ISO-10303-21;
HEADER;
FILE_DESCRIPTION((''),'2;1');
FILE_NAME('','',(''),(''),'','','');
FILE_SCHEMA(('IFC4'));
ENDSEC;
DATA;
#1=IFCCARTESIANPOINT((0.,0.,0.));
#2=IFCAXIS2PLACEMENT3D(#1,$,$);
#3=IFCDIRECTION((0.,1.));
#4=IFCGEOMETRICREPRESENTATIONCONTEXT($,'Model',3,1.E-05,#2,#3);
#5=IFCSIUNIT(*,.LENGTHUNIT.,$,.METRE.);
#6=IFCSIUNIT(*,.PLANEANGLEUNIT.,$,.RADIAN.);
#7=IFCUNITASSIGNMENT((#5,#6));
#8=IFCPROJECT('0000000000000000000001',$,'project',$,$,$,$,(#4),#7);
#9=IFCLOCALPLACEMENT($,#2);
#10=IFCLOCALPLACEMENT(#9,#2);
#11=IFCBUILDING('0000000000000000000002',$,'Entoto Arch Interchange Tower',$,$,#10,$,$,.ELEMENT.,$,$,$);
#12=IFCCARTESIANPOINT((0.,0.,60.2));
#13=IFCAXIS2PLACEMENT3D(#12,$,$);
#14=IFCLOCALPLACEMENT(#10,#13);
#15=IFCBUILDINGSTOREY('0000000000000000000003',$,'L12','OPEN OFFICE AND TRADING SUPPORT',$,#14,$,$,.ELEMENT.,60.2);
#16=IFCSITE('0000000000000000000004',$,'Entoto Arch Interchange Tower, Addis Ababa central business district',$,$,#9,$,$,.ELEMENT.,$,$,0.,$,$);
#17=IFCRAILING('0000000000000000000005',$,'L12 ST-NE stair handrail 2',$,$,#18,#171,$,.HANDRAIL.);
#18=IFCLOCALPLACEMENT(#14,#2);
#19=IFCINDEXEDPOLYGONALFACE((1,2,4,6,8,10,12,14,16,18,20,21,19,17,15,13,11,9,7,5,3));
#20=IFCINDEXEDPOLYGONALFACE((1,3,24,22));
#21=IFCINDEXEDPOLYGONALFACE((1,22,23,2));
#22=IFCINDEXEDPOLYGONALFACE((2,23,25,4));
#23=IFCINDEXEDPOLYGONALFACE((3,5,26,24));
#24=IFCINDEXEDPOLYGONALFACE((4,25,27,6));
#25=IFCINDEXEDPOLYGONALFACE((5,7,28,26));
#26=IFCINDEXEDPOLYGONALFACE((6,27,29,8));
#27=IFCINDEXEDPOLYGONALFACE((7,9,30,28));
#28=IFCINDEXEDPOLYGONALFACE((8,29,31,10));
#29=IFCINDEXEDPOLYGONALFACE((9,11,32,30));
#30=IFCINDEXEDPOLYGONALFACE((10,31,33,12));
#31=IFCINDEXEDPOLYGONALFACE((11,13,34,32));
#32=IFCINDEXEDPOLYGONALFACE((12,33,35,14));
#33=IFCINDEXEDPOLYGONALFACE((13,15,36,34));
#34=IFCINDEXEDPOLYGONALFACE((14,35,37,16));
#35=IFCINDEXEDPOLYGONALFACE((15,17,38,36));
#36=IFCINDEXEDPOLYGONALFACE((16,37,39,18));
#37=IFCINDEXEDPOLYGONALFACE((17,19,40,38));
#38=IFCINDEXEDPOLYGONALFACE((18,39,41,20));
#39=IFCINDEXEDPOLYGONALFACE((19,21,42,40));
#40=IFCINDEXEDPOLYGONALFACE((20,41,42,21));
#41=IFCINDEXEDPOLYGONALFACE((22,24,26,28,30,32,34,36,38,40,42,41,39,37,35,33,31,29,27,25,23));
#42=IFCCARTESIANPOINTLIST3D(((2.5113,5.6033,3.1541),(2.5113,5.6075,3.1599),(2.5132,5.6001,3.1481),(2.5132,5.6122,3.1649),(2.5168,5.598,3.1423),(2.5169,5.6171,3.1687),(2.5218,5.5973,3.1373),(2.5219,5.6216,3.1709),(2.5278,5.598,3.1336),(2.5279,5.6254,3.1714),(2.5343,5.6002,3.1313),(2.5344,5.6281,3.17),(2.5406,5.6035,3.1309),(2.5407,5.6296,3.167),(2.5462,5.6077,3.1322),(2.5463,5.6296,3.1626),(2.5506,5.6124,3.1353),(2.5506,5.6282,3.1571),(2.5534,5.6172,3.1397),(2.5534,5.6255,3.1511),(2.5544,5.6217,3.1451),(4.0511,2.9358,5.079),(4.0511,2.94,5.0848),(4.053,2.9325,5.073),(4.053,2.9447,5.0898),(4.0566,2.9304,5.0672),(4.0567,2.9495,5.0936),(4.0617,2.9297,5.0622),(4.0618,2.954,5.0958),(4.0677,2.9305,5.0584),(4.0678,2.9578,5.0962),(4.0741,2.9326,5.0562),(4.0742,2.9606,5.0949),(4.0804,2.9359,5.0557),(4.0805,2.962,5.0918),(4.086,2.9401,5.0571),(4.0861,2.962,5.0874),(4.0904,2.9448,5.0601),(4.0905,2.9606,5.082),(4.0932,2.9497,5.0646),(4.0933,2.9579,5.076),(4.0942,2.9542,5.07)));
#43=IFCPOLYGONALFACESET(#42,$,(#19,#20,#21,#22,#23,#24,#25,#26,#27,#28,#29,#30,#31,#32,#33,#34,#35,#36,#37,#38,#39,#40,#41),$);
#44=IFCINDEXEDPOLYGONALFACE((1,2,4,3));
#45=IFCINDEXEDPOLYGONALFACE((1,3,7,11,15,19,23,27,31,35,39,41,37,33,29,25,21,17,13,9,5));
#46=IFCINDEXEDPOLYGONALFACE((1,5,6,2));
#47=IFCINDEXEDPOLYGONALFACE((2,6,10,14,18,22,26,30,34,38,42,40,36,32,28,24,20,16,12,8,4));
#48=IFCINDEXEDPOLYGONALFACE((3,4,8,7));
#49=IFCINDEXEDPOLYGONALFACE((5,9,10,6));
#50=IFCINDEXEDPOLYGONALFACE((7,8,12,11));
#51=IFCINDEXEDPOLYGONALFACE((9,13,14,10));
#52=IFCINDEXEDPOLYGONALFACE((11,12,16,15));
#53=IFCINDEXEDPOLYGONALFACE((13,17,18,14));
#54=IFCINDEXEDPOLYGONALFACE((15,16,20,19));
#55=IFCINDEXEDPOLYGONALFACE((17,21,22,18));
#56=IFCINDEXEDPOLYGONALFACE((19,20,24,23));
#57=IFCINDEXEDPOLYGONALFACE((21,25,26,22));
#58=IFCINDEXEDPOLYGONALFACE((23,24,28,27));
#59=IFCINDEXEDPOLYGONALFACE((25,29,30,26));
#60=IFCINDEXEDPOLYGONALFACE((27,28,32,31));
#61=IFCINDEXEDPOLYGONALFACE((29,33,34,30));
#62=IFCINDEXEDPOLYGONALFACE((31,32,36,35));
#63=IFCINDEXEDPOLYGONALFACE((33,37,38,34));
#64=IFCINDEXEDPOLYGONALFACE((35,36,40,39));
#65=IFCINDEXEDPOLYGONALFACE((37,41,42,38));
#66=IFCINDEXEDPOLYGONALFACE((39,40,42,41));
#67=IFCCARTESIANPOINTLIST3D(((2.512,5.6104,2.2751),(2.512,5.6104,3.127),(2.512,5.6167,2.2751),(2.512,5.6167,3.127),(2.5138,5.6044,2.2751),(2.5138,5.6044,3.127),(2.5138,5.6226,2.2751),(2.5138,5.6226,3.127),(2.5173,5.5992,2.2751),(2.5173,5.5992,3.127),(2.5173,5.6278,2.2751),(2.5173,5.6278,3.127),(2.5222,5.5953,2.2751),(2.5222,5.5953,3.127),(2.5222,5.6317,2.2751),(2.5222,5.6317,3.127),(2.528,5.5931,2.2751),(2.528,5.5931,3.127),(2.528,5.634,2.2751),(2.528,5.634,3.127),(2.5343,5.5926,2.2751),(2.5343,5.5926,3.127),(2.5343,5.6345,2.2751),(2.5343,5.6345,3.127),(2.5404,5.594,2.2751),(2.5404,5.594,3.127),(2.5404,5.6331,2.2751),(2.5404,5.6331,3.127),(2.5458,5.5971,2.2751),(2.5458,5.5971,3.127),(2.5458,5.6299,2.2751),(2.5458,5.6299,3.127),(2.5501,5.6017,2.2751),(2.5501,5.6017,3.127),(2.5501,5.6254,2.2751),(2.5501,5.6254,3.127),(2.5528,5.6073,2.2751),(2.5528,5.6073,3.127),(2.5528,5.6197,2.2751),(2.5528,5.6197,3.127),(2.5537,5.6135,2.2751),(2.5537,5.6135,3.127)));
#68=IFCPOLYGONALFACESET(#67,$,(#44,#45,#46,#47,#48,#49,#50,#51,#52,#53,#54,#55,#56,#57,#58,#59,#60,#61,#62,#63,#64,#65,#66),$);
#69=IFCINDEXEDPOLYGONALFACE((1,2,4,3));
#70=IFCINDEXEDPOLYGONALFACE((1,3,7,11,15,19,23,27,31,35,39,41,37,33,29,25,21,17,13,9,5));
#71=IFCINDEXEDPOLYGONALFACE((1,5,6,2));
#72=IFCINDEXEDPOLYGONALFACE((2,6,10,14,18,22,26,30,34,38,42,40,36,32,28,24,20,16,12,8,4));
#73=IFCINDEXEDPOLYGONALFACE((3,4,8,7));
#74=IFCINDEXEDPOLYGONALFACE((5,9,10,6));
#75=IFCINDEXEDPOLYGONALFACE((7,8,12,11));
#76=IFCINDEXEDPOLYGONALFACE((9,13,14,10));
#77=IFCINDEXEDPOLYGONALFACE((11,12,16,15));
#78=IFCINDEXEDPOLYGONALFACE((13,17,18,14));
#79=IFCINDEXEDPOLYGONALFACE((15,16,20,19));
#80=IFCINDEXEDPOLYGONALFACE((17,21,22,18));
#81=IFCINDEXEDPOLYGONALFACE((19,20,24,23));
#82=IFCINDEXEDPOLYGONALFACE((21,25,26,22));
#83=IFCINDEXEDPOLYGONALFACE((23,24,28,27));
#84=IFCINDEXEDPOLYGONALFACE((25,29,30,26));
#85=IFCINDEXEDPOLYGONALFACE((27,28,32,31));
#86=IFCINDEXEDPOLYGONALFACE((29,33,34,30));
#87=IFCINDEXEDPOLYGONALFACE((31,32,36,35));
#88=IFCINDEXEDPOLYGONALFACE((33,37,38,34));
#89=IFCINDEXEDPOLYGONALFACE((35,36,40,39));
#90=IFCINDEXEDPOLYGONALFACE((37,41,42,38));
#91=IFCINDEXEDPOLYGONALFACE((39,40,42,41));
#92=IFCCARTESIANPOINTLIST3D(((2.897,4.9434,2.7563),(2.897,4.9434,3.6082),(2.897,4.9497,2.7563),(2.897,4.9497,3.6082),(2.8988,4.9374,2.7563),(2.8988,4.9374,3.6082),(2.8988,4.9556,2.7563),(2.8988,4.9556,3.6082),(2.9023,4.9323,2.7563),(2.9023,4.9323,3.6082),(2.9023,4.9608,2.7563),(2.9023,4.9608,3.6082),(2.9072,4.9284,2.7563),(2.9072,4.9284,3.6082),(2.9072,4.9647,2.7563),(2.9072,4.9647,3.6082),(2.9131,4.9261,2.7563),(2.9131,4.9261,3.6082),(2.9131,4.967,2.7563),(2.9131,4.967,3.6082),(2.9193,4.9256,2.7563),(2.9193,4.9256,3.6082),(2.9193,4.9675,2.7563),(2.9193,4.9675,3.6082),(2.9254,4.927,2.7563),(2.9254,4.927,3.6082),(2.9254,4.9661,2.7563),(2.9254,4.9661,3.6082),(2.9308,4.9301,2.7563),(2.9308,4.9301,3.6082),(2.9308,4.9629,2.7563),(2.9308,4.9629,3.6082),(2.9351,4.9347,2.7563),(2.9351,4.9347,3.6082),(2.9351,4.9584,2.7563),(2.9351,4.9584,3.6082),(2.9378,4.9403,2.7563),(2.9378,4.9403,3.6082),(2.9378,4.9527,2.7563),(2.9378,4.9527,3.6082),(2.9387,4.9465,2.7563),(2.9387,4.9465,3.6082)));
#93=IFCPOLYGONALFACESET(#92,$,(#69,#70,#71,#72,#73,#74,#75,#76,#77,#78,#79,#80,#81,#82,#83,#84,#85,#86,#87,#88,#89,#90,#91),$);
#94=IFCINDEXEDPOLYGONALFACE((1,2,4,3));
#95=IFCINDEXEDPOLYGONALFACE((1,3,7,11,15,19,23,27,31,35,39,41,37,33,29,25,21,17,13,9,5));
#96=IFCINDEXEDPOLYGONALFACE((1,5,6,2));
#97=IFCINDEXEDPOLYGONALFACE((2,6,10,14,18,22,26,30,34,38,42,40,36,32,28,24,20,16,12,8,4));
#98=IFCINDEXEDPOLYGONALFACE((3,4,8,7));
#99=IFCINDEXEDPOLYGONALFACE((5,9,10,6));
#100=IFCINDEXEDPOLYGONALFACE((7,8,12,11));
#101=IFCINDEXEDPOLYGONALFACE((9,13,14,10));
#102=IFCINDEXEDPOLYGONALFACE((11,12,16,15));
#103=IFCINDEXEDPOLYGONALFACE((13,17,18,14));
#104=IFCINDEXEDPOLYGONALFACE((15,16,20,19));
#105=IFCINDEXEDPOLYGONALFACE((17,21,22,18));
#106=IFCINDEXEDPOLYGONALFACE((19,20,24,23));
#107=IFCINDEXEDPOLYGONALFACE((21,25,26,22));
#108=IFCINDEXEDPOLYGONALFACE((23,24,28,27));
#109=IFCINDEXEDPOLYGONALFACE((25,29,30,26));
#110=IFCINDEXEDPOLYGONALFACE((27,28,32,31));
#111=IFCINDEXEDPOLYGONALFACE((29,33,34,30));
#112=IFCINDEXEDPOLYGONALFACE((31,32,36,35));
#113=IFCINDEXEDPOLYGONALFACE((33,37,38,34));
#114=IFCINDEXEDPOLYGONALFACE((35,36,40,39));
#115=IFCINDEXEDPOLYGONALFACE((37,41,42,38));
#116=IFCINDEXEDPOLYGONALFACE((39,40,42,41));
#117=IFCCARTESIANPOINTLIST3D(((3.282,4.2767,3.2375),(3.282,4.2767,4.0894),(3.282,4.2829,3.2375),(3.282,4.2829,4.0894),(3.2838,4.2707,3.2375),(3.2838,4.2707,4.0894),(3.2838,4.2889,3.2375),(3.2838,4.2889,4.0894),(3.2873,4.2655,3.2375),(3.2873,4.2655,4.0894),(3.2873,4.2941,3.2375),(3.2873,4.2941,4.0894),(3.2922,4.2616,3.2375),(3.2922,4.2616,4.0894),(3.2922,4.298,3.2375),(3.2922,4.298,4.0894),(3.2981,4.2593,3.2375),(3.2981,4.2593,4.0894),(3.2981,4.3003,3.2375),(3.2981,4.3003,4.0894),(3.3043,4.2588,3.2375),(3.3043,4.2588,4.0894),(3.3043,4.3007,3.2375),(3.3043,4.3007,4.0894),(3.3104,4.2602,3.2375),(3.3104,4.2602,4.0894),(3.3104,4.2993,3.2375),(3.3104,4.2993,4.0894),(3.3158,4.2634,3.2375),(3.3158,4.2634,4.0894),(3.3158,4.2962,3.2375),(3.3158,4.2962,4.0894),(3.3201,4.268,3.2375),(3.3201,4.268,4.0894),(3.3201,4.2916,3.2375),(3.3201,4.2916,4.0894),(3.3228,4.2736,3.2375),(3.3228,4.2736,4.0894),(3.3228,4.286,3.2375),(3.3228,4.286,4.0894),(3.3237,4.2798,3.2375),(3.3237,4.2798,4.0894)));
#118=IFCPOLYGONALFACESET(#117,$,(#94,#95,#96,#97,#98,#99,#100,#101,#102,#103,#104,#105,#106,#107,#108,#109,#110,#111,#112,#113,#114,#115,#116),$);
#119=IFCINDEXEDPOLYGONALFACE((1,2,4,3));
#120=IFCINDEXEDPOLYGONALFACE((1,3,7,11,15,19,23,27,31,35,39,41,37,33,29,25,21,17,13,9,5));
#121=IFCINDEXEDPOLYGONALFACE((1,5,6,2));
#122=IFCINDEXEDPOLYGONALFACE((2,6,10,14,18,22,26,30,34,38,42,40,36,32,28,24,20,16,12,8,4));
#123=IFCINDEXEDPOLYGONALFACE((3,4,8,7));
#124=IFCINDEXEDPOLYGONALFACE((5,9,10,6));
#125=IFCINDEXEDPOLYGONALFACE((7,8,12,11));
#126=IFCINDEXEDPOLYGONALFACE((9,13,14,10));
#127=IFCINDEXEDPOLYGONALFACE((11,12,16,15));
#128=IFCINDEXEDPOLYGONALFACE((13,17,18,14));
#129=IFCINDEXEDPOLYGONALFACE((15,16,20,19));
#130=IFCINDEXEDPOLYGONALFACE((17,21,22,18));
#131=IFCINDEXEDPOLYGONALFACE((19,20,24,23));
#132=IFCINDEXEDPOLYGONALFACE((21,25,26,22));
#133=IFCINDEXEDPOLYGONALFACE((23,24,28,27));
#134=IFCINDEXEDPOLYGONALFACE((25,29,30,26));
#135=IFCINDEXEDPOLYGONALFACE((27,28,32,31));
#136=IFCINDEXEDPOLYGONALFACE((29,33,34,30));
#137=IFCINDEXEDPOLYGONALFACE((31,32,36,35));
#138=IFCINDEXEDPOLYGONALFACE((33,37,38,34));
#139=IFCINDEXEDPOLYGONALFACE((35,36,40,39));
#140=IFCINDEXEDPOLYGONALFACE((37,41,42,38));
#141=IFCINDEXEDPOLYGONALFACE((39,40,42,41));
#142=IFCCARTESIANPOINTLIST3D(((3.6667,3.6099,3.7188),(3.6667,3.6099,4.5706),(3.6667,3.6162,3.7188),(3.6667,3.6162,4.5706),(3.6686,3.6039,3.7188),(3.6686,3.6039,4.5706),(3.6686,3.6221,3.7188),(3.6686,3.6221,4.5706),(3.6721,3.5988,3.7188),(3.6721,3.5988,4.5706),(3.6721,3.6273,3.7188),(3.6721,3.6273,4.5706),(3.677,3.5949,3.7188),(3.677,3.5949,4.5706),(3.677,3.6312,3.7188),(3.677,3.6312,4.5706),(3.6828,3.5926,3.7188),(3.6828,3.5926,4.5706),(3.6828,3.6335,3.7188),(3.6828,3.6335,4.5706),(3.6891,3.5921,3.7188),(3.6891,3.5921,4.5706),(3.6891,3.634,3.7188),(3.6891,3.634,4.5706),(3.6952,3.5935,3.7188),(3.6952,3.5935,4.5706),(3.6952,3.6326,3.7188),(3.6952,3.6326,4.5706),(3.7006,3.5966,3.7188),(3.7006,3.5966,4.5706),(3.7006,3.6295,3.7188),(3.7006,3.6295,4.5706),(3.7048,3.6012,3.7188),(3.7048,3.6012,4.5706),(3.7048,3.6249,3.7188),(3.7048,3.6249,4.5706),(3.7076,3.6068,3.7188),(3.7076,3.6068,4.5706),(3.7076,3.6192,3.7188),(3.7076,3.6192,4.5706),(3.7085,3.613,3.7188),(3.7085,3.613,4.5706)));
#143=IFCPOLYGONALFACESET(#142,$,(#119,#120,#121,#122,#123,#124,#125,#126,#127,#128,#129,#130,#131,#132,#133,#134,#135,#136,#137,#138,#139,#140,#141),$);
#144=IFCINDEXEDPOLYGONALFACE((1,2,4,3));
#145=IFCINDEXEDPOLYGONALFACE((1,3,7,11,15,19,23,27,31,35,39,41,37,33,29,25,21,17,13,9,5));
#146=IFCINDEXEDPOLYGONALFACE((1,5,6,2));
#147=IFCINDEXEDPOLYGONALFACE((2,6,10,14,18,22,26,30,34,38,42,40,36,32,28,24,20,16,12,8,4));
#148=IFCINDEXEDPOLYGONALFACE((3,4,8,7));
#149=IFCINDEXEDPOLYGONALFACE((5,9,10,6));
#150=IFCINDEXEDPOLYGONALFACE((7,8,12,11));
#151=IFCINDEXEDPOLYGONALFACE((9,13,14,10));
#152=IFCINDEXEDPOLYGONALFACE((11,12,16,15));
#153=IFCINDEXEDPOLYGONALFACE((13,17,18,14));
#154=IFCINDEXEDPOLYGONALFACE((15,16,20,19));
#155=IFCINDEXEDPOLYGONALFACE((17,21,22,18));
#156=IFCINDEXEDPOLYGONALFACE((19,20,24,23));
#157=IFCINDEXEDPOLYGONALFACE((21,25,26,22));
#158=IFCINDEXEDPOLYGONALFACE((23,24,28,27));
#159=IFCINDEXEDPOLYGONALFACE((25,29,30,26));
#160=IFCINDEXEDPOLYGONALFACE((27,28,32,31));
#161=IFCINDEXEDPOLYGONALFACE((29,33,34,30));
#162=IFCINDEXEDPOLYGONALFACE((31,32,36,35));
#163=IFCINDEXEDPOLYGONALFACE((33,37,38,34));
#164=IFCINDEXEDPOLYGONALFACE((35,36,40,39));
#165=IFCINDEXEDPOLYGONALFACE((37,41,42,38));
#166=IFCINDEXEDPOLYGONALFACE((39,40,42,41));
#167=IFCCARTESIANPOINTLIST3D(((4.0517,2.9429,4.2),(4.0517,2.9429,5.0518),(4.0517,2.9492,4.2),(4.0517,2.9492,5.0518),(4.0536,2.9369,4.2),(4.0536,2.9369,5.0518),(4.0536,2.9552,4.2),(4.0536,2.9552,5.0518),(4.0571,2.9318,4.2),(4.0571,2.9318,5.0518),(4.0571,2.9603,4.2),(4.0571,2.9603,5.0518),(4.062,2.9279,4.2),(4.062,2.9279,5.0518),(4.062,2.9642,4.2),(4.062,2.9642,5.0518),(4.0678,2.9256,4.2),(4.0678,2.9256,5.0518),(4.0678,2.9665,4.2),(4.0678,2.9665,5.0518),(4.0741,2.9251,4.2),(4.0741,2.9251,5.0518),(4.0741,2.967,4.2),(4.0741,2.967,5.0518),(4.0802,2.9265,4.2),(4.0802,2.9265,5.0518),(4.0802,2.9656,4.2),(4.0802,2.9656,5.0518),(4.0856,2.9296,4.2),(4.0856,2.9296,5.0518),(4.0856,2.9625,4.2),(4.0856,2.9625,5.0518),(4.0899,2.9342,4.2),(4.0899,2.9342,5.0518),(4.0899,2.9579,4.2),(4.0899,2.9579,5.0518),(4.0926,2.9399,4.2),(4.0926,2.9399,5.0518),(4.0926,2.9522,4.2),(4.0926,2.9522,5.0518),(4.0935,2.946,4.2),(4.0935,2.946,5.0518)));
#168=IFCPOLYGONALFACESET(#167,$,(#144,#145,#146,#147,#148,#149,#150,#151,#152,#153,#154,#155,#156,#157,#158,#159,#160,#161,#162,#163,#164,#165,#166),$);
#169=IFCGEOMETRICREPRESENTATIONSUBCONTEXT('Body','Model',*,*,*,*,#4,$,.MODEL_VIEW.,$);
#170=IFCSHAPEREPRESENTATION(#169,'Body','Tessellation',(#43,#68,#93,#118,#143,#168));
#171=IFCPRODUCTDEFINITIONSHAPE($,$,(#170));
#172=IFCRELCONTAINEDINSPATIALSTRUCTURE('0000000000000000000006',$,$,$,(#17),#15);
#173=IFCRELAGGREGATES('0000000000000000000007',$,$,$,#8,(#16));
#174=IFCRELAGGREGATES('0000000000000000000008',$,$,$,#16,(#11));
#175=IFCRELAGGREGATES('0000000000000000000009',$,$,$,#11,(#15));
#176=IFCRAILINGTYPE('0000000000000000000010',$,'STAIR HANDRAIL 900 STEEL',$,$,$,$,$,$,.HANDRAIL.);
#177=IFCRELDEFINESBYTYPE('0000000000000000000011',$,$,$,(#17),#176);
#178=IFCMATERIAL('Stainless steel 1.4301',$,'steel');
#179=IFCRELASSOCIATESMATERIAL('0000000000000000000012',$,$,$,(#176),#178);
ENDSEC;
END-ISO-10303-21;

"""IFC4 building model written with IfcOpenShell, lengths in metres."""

from ifc_helpers import new_model, si_unit, direction, frame, origin, origin_2d, place, context, subcontext, project, spatial, circle, extrude, material, type_object, element, save


model = new_model("IFC4")

# Units and contexts
model_context = context("Model", 3, precision=1e-05, world=origin(), true_north=direction((0.0, 1.0)))
body_context = subcontext(model_context, "Body", "Model", "MODEL_VIEW")
ifc_project = project(units=[si_unit("LENGTHUNIT", "METRE"), si_unit("PLANEANGLEUNIT", "RADIAN")], contexts=[model_context])

# Site, building, storey
site_placement = place(None, origin())
site = spatial("IfcSite", under=ifc_project, at=site_placement, Name="Entoto Arch Interchange Tower, Addis Ababa central business district", CompositionType="ELEMENT", RefElevation=0.0)
building_placement = place(site_placement, origin())
building = spatial("IfcBuilding", under=site, at=building_placement, Name="Entoto Arch Interchange Tower", CompositionType="ELEMENT")
storey_placement = place(building_placement, frame((0.0, 0.0, 60.2)))
storey = spatial("IfcBuildingStorey", under=building, at=storey_placement, Name="L12", Description="OPEN OFFICE AND TRADING SUPPORT", CompositionType="ELEMENT", Elevation=60.2)

# Railing
ifc_material_1 = material(Name="Stainless steel 1.4301", Category="steel")
railing_type = type_object("IfcRailingType", Name="STAIR HANDRAIL 900 STEEL", PredefinedType="HANDRAIL", material=ifc_material_1)
railing_placement = place(storey_placement, frame((2.5327, 5.6135, 2.2751)))
element("IfcRailing", 1, at=railing_placement, inside=storey, type_object=railing_type, Name="L12 ST-NE stair handrail 2", PredefinedType="HANDRAIL", context=body_context, shape_type="SweptSolid", body=[
    extrude(circle(Radius=0.0239, at=origin_2d()), frame((0.0, 0.0, 0.876), z_axis=(0.423954, -0.734442, 0.52996), x_axis=(0.866064, 0.499933, 0.0)), (0.0, 0.0, 1.0), 3.6321),
    extrude(circle(Radius=0.021, at=origin_2d()), origin(), (0.0, 0.0, 1.0), 0.8518),
    extrude(circle(Radius=0.021, at=origin_2d()), frame((0.385, -0.667, 0.4812)), (0.0, 0.0, 1.0), 0.8518),
    extrude(circle(Radius=0.021, at=origin_2d()), frame((0.77, -1.3337, 0.9624)), (0.0, 0.0, 1.0), 0.8518),
    extrude(circle(Radius=0.021, at=origin_2d()), frame((1.1548, -2.0005, 1.4436)), (0.0, 0.0, 1.0), 0.8518),
    extrude(circle(Radius=0.021, at=origin_2d()), frame((1.5398, -2.6675, 1.9248)), (0.0, 0.0, 1.0), 0.8518),
])

save(model, "model.ifc")
